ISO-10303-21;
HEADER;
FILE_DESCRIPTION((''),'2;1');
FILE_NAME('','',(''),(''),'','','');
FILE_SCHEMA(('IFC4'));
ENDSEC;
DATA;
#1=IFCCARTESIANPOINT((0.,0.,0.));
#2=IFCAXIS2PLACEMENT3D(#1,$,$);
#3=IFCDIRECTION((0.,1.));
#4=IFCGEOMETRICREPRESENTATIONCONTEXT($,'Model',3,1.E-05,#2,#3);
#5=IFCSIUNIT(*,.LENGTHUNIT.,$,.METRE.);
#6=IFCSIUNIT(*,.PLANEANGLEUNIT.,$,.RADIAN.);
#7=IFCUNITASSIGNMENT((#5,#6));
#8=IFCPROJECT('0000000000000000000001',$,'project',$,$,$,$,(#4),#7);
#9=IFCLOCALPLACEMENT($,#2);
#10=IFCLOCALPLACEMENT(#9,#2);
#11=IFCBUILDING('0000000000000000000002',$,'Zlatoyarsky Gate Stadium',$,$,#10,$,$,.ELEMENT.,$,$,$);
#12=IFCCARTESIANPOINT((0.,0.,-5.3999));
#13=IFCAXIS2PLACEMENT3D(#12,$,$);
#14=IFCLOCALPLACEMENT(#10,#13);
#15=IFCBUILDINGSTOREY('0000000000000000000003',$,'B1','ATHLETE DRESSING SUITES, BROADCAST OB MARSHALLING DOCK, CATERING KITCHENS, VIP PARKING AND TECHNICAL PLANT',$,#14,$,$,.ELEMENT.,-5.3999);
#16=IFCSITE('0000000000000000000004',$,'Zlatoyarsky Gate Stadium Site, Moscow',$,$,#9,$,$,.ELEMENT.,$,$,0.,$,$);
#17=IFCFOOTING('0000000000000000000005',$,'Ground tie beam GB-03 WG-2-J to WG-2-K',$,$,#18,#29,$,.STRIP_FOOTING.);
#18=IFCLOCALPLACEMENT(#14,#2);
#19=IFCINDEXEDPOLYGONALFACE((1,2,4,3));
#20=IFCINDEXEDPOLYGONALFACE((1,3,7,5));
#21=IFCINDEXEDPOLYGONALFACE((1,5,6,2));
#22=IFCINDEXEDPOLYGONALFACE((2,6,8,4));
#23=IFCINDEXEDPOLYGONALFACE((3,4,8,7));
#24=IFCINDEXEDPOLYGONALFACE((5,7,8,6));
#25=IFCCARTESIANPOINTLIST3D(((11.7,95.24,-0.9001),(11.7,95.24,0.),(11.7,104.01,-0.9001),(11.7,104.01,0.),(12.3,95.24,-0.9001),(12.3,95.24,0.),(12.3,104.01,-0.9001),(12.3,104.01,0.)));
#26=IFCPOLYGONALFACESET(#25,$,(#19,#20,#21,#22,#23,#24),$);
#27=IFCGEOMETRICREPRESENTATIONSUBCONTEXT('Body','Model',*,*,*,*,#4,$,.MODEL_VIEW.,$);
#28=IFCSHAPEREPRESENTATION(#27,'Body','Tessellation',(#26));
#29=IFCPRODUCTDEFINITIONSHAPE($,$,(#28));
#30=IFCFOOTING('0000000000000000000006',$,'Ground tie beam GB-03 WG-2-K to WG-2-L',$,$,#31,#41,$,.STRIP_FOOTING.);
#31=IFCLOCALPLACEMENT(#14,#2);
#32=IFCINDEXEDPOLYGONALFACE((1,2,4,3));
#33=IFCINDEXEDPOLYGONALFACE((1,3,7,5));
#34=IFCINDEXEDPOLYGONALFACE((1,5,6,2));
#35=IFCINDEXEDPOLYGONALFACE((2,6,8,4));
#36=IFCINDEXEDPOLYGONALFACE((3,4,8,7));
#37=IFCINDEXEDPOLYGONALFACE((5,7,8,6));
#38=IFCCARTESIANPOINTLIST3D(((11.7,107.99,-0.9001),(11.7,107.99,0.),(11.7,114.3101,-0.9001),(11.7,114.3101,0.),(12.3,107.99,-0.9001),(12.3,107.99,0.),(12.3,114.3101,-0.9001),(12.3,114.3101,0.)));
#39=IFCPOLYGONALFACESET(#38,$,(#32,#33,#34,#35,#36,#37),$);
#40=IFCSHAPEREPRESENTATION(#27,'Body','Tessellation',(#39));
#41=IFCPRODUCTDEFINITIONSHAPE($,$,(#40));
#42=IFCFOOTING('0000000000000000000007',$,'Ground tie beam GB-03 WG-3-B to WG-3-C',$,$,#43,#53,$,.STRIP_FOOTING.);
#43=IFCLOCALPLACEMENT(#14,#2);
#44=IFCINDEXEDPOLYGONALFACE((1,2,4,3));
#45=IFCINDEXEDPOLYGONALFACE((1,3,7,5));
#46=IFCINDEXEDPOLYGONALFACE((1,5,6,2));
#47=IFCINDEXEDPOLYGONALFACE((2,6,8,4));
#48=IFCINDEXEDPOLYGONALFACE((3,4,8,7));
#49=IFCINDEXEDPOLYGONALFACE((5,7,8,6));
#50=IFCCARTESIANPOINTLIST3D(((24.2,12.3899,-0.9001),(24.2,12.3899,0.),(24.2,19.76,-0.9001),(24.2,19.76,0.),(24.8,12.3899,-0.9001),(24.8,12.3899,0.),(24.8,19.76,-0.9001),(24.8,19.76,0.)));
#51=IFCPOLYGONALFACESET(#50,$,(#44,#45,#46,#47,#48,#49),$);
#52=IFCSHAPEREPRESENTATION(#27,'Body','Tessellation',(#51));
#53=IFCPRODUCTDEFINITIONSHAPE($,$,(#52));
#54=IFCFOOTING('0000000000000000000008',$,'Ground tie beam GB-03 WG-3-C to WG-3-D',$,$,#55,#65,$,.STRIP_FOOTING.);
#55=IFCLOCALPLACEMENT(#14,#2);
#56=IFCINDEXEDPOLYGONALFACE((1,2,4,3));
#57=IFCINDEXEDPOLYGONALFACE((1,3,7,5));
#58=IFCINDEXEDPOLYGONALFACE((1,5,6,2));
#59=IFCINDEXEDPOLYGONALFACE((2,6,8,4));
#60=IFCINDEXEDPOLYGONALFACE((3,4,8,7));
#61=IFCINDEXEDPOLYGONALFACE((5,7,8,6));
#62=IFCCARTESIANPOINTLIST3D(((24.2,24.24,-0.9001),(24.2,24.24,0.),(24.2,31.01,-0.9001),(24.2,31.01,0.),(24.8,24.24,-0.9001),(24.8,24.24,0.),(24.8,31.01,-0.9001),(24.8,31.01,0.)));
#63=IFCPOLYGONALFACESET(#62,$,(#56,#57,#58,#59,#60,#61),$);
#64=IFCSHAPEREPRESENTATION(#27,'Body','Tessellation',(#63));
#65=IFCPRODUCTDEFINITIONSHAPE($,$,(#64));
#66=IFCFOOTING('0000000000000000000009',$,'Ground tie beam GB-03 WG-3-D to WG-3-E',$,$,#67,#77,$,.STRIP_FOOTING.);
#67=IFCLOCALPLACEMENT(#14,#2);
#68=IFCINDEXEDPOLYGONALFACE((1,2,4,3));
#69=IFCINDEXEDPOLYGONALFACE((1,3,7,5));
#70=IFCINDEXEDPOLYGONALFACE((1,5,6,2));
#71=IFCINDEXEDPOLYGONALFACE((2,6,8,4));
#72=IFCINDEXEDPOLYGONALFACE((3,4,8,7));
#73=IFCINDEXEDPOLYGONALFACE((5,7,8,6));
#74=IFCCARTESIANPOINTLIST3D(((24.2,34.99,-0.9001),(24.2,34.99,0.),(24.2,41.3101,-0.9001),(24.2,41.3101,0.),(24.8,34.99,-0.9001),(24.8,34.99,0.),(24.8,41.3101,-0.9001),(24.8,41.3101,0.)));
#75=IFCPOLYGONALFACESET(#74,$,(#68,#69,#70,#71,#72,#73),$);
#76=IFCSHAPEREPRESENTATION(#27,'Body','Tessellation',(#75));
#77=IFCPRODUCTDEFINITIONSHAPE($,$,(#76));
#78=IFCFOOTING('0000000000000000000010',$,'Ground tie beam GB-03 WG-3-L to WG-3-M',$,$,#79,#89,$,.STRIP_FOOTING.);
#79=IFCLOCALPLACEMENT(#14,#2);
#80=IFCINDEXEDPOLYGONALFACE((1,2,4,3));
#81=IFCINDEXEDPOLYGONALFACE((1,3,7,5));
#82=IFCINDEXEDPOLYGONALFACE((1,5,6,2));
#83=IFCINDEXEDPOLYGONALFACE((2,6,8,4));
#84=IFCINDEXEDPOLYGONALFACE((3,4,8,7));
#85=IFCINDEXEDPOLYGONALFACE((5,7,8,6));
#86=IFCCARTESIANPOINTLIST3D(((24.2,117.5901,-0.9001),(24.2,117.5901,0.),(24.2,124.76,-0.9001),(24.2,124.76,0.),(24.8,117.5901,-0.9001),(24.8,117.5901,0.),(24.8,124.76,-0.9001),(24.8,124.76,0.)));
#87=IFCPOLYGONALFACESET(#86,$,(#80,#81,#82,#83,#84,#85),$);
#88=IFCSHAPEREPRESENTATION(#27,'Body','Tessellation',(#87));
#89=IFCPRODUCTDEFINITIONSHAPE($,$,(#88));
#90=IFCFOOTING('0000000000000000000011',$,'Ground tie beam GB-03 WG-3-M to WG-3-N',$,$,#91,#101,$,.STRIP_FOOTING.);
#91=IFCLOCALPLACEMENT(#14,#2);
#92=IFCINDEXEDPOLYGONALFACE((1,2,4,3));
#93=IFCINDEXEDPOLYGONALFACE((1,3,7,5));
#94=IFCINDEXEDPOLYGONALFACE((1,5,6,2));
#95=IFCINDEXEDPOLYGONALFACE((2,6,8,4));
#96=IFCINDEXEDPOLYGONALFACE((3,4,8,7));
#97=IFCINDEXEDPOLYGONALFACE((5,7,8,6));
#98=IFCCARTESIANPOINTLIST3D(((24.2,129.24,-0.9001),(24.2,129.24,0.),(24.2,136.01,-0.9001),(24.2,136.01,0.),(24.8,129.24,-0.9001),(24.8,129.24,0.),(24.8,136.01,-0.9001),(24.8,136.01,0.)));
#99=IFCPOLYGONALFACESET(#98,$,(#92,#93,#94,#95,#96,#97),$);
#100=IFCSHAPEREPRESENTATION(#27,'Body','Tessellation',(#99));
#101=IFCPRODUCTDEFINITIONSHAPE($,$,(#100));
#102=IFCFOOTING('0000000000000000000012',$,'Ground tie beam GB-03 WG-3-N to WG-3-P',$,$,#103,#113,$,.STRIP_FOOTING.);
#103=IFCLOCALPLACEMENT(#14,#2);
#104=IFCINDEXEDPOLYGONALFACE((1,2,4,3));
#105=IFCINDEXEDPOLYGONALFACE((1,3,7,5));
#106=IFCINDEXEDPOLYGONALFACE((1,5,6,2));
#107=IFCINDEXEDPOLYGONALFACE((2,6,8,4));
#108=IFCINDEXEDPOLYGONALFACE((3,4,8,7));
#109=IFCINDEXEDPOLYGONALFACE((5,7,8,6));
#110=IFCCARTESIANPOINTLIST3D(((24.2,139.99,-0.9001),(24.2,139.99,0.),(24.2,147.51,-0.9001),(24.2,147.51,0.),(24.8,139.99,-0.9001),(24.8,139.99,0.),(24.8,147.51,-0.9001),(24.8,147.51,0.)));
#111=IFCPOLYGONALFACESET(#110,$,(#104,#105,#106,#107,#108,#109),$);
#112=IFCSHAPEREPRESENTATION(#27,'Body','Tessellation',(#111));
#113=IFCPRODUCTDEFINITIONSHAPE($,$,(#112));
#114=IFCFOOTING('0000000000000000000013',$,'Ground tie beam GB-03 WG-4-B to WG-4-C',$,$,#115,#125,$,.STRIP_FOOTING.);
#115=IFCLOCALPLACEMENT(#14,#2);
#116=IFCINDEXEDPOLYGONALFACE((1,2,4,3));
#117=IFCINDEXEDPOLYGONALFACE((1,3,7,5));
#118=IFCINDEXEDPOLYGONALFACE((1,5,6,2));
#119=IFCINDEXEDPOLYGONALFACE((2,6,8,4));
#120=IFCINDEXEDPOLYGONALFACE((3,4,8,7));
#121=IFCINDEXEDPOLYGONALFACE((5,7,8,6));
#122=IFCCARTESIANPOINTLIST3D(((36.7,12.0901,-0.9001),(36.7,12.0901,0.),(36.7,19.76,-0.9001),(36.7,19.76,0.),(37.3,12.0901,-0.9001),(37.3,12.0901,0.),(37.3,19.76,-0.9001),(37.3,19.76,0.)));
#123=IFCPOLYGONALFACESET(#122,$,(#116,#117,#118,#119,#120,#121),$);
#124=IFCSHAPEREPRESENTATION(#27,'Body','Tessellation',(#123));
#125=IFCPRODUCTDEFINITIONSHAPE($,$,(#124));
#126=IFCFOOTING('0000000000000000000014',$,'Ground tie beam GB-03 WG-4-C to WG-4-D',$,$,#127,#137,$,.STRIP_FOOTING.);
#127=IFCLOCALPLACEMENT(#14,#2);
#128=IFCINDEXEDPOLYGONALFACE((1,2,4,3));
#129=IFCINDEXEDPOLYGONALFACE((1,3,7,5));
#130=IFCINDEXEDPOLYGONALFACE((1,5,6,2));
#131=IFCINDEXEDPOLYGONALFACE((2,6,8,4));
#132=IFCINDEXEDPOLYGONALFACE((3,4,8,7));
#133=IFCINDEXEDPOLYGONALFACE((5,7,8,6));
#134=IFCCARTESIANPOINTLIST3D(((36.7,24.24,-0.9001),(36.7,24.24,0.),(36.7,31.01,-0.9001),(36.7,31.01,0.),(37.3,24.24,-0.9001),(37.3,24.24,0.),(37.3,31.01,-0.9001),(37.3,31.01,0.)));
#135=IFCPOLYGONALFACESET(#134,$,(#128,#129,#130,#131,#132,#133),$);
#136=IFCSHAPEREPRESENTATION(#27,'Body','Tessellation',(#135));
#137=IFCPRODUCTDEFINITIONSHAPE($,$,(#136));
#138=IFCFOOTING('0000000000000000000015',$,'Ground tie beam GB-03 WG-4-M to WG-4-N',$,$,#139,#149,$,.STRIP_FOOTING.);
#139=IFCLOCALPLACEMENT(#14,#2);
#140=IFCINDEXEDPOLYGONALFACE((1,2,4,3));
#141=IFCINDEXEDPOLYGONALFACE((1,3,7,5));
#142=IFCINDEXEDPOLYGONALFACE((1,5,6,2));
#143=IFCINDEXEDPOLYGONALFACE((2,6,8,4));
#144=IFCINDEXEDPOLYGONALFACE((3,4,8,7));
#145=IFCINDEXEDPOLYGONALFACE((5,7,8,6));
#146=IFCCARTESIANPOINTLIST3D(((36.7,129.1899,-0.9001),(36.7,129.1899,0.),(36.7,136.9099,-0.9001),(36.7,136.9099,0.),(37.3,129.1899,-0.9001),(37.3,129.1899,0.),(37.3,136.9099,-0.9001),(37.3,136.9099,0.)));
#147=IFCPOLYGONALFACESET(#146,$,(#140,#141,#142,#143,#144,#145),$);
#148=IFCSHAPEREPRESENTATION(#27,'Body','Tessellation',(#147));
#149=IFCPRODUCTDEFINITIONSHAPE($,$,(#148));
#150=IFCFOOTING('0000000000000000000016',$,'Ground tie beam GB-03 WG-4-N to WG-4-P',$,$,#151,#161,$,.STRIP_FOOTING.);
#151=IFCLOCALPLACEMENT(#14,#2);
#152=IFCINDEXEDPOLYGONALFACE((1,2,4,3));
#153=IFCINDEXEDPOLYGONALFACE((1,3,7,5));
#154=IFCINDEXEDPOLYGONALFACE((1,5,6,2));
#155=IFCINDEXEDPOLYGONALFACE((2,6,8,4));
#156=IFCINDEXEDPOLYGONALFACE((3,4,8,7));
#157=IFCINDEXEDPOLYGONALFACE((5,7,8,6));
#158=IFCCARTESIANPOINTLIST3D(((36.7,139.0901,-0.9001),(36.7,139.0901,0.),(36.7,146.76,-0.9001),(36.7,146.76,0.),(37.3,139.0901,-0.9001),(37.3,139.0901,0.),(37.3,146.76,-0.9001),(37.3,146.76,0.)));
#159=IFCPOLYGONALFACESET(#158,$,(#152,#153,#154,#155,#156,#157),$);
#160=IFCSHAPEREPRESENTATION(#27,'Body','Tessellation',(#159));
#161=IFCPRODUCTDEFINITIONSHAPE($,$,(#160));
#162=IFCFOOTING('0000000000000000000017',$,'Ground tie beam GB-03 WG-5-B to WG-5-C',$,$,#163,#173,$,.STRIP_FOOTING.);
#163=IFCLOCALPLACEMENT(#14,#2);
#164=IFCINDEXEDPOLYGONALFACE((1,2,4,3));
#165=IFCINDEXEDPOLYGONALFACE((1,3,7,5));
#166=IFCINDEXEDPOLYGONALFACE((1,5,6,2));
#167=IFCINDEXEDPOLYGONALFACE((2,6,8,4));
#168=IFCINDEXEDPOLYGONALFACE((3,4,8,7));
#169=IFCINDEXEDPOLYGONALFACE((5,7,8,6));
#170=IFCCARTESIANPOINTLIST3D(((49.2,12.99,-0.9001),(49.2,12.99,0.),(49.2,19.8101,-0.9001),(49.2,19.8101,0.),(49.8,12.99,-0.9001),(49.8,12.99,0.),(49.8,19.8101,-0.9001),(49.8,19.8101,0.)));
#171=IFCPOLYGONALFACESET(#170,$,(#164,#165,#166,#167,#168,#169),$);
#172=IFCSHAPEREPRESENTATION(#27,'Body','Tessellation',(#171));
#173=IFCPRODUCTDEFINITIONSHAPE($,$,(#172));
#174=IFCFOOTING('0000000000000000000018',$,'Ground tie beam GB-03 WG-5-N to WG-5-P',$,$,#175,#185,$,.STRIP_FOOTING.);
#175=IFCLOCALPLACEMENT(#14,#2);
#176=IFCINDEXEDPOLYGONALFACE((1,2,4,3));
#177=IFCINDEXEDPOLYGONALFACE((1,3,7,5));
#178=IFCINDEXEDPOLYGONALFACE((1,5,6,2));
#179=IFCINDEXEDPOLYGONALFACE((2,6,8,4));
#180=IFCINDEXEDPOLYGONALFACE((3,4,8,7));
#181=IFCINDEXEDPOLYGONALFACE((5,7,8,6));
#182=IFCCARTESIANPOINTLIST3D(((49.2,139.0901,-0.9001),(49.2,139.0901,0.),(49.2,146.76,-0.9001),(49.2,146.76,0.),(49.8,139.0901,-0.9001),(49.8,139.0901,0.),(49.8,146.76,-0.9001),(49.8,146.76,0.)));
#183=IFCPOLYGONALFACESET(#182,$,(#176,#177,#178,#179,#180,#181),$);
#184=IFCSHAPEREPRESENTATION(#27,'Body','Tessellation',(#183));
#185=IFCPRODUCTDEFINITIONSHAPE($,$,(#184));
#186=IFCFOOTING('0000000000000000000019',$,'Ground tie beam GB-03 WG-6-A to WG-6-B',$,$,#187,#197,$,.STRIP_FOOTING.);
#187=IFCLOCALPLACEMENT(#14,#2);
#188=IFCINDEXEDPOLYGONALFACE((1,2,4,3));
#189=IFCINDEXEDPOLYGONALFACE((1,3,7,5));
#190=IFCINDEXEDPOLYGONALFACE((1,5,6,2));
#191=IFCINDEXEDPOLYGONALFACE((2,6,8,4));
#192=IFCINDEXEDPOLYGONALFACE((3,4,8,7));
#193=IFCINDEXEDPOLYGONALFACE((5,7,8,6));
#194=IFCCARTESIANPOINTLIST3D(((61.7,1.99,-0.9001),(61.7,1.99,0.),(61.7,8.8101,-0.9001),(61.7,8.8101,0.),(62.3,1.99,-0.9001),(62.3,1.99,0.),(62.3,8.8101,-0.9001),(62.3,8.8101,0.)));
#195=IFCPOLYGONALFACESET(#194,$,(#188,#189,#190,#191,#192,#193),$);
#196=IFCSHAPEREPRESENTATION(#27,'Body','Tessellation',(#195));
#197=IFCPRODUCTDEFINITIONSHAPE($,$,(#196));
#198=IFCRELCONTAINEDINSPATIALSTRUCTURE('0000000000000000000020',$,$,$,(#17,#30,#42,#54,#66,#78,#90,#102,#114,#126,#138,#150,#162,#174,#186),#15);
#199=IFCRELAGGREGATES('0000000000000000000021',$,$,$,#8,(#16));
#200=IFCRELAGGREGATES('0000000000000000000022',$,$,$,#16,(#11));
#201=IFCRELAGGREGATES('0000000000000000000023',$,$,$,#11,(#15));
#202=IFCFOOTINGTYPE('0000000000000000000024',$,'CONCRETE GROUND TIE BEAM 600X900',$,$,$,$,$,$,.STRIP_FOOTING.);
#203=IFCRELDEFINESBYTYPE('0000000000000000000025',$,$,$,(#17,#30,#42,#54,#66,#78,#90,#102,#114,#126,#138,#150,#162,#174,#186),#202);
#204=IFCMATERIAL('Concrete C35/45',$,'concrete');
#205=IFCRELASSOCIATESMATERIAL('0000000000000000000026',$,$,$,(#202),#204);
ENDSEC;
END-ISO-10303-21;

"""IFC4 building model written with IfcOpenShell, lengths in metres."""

from ifc_helpers import new_model, si_unit, direction, frame, origin, origin_2d, place, context, subcontext, project, spatial, polyline, rectangle, outline, extrude, material, material_profile, profile_set, type_object, element, save


model = new_model("IFC4")

# Units and contexts
model_context = context("Model", 3, precision=1e-05, world=origin(), true_north=direction((0.0, 1.0)))
body_context = subcontext(model_context, "Body", "Model", "MODEL_VIEW")
ifc_project = project(units=[si_unit("LENGTHUNIT", "METRE"), si_unit("PLANEANGLEUNIT", "RADIAN")], contexts=[model_context])

# Site, building, storey
site_placement = place(None, origin())
site = spatial("IfcSite", under=ifc_project, at=site_placement, Name="Zlatoyarsky Gate Stadium Site, Moscow", CompositionType="ELEMENT", RefElevation=0.0)
building_placement = place(site_placement, origin())
building = spatial("IfcBuilding", under=site, at=building_placement, Name="Zlatoyarsky Gate Stadium", CompositionType="ELEMENT")
storey_placement = place(building_placement, frame((0.0, 0.0, -5.3999)))
storey = spatial("IfcBuildingStorey", under=building, at=storey_placement, Name="B1", Description="ATHLETE DRESSING SUITES, BROADCAST OB MARSHALLING DOCK, CATERING KITCHENS, VIP PARKING AND TECHNICAL PLANT", CompositionType="ELEMENT", Elevation=-5.3999)

# Footings
ifc_material = material(Name="Concrete C35/45", Category="concrete")
ifc_material_profile_1 = material_profile(ifc_material, rectangle(XDim=0.6001, YDim=0.8999, at=origin_2d()), Name="GB 600X900")
ifc_profile_set_1 = profile_set([ifc_material_profile_1], Name="Concrete C35/45")
footing_type_1 = type_object("IfcFootingType", Name="CONCRETE GROUND TIE BEAM 600X900", PredefinedType="STRIP_FOOTING", material=ifc_profile_set_1)
footing_1_placement = place(storey_placement, frame((0.0, 0.0, -0.9001)))
element("IfcFooting", 1, at=footing_1_placement, inside=storey, type_object=footing_type_1, Name="Ground tie beam GB-03 WG-2-J to WG-2-K", PredefinedType="STRIP_FOOTING", context=body_context, shape_type="SweptSolid", body=[
    extrude(outline(polyline([(12.3, 95.24), (12.3, 104.01), (11.7, 104.01), (11.7, 95.24), (12.3, 95.24)])), origin(), (0.0, 0.0, 1.0), 0.9001),
])
footing_2_placement = place(storey_placement, frame((0.0, 0.0, -0.9001)))
element("IfcFooting", 2, at=footing_2_placement, inside=storey, type_object=footing_type_1, Name="Ground tie beam GB-03 WG-2-K to WG-2-L", PredefinedType="STRIP_FOOTING", context=body_context, shape_type="SweptSolid", body=[
    extrude(outline(polyline([(12.3, 107.99), (12.3, 114.3101), (11.7, 114.3101), (11.7, 107.99), (12.3, 107.99)])), origin(), (0.0, 0.0, 1.0), 0.9001),
])
footing_3_placement = place(storey_placement, frame((0.0, 0.0, -0.9001)))
element("IfcFooting", 3, at=footing_3_placement, inside=storey, type_object=footing_type_1, Name="Ground tie beam GB-03 WG-3-B to WG-3-C", PredefinedType="STRIP_FOOTING", context=body_context, shape_type="SweptSolid", body=[
    extrude(outline(polyline([(24.8, 12.3899), (24.8, 19.76), (24.2, 19.76), (24.2, 12.3899), (24.8, 12.3899)])), origin(), (0.0, 0.0, 1.0), 0.9001),
])
footing_4_placement = place(storey_placement, frame((0.0, 0.0, -0.9001)))
element("IfcFooting", 4, at=footing_4_placement, inside=storey, type_object=footing_type_1, Name="Ground tie beam GB-03 WG-3-C to WG-3-D", PredefinedType="STRIP_FOOTING", context=body_context, shape_type="SweptSolid", body=[
    extrude(outline(polyline([(24.8, 24.24), (24.8, 31.01), (24.2, 31.01), (24.2, 24.24), (24.8, 24.24)])), origin(), (0.0, 0.0, 1.0), 0.9001),
])
footing_5_placement = place(storey_placement, frame((0.0, 0.0, -0.9001)))
element("IfcFooting", 5, at=footing_5_placement, inside=storey, type_object=footing_type_1, Name="Ground tie beam GB-03 WG-3-D to WG-3-E", PredefinedType="STRIP_FOOTING", context=body_context, shape_type="SweptSolid", body=[
    extrude(outline(polyline([(24.8, 34.99), (24.8, 41.3101), (24.2, 41.3101), (24.2, 34.99), (24.8, 34.99)])), origin(), (0.0, 0.0, 1.0), 0.9001),
])
footing_6_placement = place(storey_placement, frame((0.0, 0.0, -0.9001)))
element("IfcFooting", 6, at=footing_6_placement, inside=storey, type_object=footing_type_1, Name="Ground tie beam GB-03 WG-3-L to WG-3-M", PredefinedType="STRIP_FOOTING", context=body_context, shape_type="SweptSolid", body=[
    extrude(outline(polyline([(24.8, 117.5901), (24.8, 124.76), (24.2, 124.76), (24.2, 117.5901), (24.8, 117.5901)])), origin(), (0.0, 0.0, 1.0), 0.9001),
])
footing_7_placement = place(storey_placement, frame((0.0, 0.0, -0.9001)))
element("IfcFooting", 7, at=footing_7_placement, inside=storey, type_object=footing_type_1, Name="Ground tie beam GB-03 WG-3-M to WG-3-N", PredefinedType="STRIP_FOOTING", context=body_context, shape_type="SweptSolid", body=[
    extrude(outline(polyline([(24.8, 129.24), (24.8, 136.01), (24.2, 136.01), (24.2, 129.24), (24.8, 129.24)])), origin(), (0.0, 0.0, 1.0), 0.9001),
])
footing_8_placement = place(storey_placement, frame((0.0, 0.0, -0.9001)))
element("IfcFooting", 8, at=footing_8_placement, inside=storey, type_object=footing_type_1, Name="Ground tie beam GB-03 WG-3-N to WG-3-P", PredefinedType="STRIP_FOOTING", context=body_context, shape_type="SweptSolid", body=[
    extrude(outline(polyline([(24.8, 139.99), (24.8, 147.51), (24.2, 147.51), (24.2, 139.99), (24.8, 139.99)])), origin(), (0.0, 0.0, 1.0), 0.9001),
])
footing_9_placement = place(storey_placement, frame((0.0, 0.0, -0.9001)))
element("IfcFooting", 9, at=footing_9_placement, inside=storey, type_object=footing_type_1, Name="Ground tie beam GB-03 WG-4-B to WG-4-C", PredefinedType="STRIP_FOOTING", context=body_context, shape_type="SweptSolid", body=[
    extrude(outline(polyline([(37.3, 12.0901), (37.3, 19.76), (36.7, 19.76), (36.7, 12.0901), (37.3, 12.0901)])), origin(), (0.0, 0.0, 1.0), 0.9001),
])
footing_10_placement = place(storey_placement, frame((0.0, 0.0, -0.9001)))
element("IfcFooting", 10, at=footing_10_placement, inside=storey, type_object=footing_type_1, Name="Ground tie beam GB-03 WG-4-C to WG-4-D", PredefinedType="STRIP_FOOTING", context=body_context, shape_type="SweptSolid", body=[
    extrude(outline(polyline([(37.3, 24.24), (37.3, 31.01), (36.7, 31.01), (36.7, 24.24), (37.3, 24.24)])), origin(), (0.0, 0.0, 1.0), 0.9001),
])
footing_11_placement = place(storey_placement, frame((0.0, 0.0, -0.9001)))
element("IfcFooting", 11, at=footing_11_placement, inside=storey, type_object=footing_type_1, Name="Ground tie beam GB-03 WG-4-M to WG-4-N", PredefinedType="STRIP_FOOTING", context=body_context, shape_type="SweptSolid", body=[
    extrude(outline(polyline([(37.3, 129.1899), (37.3, 136.9099), (36.7, 136.9099), (36.7, 129.1899), (37.3, 129.1899)])), origin(), (0.0, 0.0, 1.0), 0.9001),
])
footing_12_placement = place(storey_placement, frame((0.0, 0.0, -0.9001)))
element("IfcFooting", 12, at=footing_12_placement, inside=storey, type_object=footing_type_1, Name="Ground tie beam GB-03 WG-4-N to WG-4-P", PredefinedType="STRIP_FOOTING", context=body_context, shape_type="SweptSolid", body=[
    extrude(outline(polyline([(37.3, 139.0901), (37.3, 146.76), (36.7, 146.76), (36.7, 139.0901), (37.3, 139.0901)])), origin(), (0.0, 0.0, 1.0), 0.9001),
])
footing_13_placement = place(storey_placement, frame((0.0, 0.0, -0.9001)))
element("IfcFooting", 13, at=footing_13_placement, inside=storey, type_object=footing_type_1, Name="Ground tie beam GB-03 WG-5-B to WG-5-C", PredefinedType="STRIP_FOOTING", context=body_context, shape_type="SweptSolid", body=[
    extrude(outline(polyline([(49.8, 12.99), (49.8, 19.8101), (49.2, 19.8101), (49.2, 12.99), (49.8, 12.99)])), origin(), (0.0, 0.0, 1.0), 0.9001),
])
footing_14_placement = place(storey_placement, frame((0.0, 0.0, -0.9001)))
element("IfcFooting", 14, at=footing_14_placement, inside=storey, type_object=footing_type_1, Name="Ground tie beam GB-03 WG-5-N to WG-5-P", PredefinedType="STRIP_FOOTING", context=body_context, shape_type="SweptSolid", body=[
    extrude(outline(polyline([(49.8, 139.0901), (49.8, 146.76), (49.2, 146.76), (49.2, 139.0901), (49.8, 139.0901)])), origin(), (0.0, 0.0, 1.0), 0.9001),
])
footing_15_placement = place(storey_placement, frame((0.0, 0.0, -0.9001)))
element("IfcFooting", 15, at=footing_15_placement, inside=storey, type_object=footing_type_1, Name="Ground tie beam GB-03 WG-6-A to WG-6-B", PredefinedType="STRIP_FOOTING", context=body_context, shape_type="SweptSolid", body=[
    extrude(outline(polyline([(62.3, 1.99), (62.3, 8.8101), (61.7, 8.8101), (61.7, 1.99), (62.3, 1.99)])), origin(), (0.0, 0.0, 1.0), 0.9001),
])

save(model, "model.ifc")
